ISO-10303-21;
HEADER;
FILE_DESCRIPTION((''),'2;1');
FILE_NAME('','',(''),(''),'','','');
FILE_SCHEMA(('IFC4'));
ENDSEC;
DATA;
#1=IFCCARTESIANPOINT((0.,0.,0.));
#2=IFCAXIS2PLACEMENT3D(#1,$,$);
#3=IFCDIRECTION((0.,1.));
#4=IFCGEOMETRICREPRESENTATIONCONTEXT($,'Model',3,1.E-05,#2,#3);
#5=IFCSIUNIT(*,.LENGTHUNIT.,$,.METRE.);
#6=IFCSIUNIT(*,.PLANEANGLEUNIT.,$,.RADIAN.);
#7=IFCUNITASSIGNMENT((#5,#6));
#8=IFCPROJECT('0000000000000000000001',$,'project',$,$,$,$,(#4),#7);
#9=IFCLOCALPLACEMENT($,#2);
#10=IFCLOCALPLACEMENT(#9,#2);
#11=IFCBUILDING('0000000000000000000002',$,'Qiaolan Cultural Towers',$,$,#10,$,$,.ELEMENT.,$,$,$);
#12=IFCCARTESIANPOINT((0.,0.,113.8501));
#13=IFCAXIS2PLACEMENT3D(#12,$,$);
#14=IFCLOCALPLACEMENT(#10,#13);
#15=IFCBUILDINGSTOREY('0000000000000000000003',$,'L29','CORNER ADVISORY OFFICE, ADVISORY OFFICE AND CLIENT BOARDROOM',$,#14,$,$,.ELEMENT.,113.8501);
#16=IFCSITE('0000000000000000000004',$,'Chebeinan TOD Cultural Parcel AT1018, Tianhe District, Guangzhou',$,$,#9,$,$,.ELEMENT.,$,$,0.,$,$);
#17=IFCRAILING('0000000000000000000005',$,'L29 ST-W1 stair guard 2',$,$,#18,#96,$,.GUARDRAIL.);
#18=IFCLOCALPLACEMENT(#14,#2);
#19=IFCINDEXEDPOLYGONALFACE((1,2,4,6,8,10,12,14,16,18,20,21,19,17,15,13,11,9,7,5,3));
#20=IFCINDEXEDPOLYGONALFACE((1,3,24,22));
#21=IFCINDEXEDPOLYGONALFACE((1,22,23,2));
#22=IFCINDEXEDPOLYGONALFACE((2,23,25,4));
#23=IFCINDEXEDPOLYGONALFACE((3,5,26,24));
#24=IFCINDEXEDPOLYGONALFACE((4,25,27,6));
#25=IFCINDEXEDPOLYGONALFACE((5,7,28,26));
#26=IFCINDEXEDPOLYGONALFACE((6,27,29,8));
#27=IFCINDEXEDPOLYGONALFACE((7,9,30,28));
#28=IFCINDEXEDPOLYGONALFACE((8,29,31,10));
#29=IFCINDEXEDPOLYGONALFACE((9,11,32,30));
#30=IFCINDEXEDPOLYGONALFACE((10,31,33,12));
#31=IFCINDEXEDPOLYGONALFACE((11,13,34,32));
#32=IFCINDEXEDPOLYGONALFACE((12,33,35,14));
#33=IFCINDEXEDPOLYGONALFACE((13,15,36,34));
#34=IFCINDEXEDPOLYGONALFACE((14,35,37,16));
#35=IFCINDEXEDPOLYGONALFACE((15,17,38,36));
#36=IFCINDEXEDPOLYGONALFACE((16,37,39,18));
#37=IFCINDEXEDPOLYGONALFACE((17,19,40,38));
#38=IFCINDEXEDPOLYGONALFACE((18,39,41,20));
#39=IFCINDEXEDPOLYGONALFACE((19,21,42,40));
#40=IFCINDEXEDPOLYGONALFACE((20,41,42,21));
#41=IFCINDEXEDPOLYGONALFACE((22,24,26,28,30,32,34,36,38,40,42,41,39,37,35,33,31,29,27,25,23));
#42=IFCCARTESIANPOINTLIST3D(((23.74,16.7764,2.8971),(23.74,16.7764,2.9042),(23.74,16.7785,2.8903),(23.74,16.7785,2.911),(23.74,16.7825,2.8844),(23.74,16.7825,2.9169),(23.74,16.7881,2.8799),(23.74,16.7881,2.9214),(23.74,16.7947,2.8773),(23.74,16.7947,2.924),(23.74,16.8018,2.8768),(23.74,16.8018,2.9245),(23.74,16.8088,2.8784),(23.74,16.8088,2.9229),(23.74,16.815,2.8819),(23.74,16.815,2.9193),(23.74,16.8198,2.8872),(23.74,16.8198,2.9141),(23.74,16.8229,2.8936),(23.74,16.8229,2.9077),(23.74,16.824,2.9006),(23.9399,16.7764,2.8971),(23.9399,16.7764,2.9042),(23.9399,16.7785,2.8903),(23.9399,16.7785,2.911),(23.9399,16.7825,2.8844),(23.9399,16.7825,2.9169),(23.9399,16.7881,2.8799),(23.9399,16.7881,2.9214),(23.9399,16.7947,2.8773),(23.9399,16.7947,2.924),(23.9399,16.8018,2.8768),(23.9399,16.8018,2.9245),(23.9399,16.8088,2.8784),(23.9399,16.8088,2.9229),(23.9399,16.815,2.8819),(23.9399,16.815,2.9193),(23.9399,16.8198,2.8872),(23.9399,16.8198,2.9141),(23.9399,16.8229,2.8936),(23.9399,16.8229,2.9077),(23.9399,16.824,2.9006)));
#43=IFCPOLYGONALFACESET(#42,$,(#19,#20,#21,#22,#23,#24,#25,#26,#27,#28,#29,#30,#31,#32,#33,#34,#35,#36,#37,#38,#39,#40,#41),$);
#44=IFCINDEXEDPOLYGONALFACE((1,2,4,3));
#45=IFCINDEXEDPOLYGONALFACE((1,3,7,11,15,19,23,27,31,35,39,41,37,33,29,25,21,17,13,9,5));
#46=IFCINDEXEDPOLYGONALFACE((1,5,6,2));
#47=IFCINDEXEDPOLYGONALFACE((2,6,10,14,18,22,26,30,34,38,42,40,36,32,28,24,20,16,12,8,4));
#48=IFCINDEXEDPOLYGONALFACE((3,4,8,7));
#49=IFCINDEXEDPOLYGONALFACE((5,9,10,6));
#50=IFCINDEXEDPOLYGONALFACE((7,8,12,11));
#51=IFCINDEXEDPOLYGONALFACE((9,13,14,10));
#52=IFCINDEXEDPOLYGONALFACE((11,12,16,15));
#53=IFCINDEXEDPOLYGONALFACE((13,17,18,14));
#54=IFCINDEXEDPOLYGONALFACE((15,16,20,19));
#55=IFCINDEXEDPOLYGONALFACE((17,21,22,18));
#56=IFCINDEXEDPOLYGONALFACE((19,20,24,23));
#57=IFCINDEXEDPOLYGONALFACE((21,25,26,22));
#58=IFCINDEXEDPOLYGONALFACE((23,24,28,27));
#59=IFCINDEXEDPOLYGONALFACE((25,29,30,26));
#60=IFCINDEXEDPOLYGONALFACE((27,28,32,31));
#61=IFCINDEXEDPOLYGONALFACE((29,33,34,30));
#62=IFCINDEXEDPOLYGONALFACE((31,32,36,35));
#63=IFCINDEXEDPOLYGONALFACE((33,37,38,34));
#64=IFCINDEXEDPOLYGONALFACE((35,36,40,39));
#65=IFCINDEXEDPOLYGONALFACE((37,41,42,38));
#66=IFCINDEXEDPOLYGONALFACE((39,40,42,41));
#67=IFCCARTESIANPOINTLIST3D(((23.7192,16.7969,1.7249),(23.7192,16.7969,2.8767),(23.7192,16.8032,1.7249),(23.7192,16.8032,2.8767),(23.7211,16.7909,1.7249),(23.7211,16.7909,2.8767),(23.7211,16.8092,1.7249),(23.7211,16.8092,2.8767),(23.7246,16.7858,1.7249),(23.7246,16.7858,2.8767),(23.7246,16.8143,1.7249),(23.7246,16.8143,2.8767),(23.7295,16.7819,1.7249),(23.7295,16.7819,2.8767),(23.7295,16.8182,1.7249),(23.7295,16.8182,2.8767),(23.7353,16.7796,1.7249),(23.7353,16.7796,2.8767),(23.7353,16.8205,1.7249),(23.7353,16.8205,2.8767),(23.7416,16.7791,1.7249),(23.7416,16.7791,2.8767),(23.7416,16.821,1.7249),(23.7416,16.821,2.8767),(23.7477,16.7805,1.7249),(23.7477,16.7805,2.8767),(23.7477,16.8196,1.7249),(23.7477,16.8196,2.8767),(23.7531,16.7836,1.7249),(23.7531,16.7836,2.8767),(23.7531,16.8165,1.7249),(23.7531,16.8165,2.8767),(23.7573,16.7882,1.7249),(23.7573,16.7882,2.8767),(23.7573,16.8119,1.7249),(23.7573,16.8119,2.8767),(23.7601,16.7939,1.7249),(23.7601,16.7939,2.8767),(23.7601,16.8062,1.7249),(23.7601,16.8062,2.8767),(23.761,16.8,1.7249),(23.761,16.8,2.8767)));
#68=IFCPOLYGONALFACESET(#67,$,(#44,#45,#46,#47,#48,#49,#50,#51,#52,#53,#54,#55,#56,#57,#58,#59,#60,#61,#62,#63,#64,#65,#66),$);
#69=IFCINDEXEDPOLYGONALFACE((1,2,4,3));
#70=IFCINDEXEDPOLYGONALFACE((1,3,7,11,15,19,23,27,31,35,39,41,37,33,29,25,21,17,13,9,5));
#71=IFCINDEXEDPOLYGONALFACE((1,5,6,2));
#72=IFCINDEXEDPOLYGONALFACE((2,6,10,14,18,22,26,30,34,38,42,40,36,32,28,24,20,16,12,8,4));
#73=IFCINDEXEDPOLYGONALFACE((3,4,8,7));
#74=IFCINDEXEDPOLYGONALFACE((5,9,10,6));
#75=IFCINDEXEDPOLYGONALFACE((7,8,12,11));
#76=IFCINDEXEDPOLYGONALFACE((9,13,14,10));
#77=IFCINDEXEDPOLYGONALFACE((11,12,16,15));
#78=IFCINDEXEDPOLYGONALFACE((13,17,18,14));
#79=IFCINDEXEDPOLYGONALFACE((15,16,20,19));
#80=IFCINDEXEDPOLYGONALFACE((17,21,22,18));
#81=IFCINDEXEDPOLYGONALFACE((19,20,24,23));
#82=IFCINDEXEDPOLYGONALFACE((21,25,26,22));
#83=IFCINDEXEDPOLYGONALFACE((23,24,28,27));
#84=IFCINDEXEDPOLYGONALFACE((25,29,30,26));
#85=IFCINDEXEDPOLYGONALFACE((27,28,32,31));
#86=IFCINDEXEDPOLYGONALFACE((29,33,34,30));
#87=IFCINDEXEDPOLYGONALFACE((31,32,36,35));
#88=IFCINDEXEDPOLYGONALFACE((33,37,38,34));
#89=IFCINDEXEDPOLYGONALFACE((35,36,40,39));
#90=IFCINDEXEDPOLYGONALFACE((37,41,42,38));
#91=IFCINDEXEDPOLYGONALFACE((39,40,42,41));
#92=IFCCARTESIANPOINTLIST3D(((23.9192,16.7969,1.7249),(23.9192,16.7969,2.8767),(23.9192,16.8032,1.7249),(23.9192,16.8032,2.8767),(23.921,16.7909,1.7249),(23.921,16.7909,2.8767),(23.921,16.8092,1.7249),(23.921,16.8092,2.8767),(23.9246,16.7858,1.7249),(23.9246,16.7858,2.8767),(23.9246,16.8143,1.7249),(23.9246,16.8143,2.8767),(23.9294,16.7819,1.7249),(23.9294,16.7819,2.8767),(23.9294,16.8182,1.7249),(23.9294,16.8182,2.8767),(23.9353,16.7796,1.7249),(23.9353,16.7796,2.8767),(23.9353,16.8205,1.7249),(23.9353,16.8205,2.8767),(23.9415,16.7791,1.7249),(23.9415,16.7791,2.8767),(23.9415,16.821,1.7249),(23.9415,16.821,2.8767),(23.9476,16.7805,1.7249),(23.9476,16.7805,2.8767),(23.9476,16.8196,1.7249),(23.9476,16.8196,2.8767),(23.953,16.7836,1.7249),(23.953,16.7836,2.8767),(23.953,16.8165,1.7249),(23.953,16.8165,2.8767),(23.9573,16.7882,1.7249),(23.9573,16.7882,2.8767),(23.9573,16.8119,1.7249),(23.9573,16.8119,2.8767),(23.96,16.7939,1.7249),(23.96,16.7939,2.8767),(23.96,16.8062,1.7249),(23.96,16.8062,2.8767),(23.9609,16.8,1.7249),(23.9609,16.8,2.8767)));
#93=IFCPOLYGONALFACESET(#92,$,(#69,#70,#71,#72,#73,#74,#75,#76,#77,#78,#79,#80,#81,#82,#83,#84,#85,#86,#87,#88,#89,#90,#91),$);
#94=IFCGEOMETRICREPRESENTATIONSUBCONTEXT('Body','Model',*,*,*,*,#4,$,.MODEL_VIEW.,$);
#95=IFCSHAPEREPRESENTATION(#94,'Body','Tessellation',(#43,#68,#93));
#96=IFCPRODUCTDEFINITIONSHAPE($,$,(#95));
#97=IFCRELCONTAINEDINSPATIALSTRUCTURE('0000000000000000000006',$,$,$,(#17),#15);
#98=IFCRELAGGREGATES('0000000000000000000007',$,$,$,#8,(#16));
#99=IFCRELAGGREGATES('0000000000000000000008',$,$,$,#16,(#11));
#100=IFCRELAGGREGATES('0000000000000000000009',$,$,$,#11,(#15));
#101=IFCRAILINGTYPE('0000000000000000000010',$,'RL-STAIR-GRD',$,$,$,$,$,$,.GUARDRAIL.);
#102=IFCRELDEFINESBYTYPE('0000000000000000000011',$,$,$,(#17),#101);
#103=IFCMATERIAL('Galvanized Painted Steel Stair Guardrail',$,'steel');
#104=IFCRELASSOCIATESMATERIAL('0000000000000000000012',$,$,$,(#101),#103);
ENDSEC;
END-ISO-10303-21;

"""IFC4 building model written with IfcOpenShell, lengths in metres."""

from ifc_helpers import new_model, si_unit, direction, frame, origin, origin_2d, place, context, subcontext, project, spatial, circle, extrude, material, type_object, element, save


model = new_model("IFC4")

# Units and contexts
model_context = context("Model", 3, precision=1e-05, world=origin(), true_north=direction((0.0, 1.0)))
body_context = subcontext(model_context, "Body", "Model", "MODEL_VIEW")
ifc_project = project(units=[si_unit("LENGTHUNIT", "METRE"), si_unit("PLANEANGLEUNIT", "RADIAN")], contexts=[model_context])

# Site, building, storey
site_placement = place(None, origin())
site = spatial("IfcSite", under=ifc_project, at=site_placement, Name="Chebeinan TOD Cultural Parcel AT1018, Tianhe District, Guangzhou", CompositionType="ELEMENT", RefElevation=0.0)
building_placement = place(site_placement, origin())
building = spatial("IfcBuilding", under=site, at=building_placement, Name="Qiaolan Cultural Towers", CompositionType="ELEMENT")
storey_placement = place(building_placement, frame((0.0, 0.0, 113.8501)))
storey = spatial("IfcBuildingStorey", under=building, at=storey_placement, Name="L29", Description="CORNER ADVISORY OFFICE, ADVISORY OFFICE AND CLIENT BOARDROOM", CompositionType="ELEMENT", Elevation=113.8501)

# Railing
ifc_material_1 = material(Name="Galvanized Painted Steel Stair Guardrail", Category="steel")
railing_type_1 = type_object("IfcRailingType", Name="RL-STAIR-GRD", PredefinedType="GUARDRAIL", material=ifc_material_1)
railing_1_placement = place(storey_placement, frame((23.74, 16.8, 1.7249)))
element("IfcRailing", 1, at=railing_1_placement, inside=storey, type_object=railing_type_1, Name="L29 ST-W1 stair guard 2", PredefinedType="GUARDRAIL", context=body_context, shape_type="SweptSolid", body=[
    extrude(circle(Radius=0.0239, at=origin_2d()), frame((0.0, 0.0, 1.1758), z_axis=(1.0, 0.0, 0.0), x_axis=(0.0, 1.0, 0.0)), (0.0, 0.0, 1.0), 0.2),
    extrude(circle(Radius=0.021, at=origin_2d()), origin(), (0.0, 0.0, 1.0), 1.1519),
    extrude(circle(Radius=0.021, at=origin_2d()), frame((0.2, 0.0, 0.0)), (0.0, 0.0, 1.0), 1.1519),
])

save(model, "model.ifc")
